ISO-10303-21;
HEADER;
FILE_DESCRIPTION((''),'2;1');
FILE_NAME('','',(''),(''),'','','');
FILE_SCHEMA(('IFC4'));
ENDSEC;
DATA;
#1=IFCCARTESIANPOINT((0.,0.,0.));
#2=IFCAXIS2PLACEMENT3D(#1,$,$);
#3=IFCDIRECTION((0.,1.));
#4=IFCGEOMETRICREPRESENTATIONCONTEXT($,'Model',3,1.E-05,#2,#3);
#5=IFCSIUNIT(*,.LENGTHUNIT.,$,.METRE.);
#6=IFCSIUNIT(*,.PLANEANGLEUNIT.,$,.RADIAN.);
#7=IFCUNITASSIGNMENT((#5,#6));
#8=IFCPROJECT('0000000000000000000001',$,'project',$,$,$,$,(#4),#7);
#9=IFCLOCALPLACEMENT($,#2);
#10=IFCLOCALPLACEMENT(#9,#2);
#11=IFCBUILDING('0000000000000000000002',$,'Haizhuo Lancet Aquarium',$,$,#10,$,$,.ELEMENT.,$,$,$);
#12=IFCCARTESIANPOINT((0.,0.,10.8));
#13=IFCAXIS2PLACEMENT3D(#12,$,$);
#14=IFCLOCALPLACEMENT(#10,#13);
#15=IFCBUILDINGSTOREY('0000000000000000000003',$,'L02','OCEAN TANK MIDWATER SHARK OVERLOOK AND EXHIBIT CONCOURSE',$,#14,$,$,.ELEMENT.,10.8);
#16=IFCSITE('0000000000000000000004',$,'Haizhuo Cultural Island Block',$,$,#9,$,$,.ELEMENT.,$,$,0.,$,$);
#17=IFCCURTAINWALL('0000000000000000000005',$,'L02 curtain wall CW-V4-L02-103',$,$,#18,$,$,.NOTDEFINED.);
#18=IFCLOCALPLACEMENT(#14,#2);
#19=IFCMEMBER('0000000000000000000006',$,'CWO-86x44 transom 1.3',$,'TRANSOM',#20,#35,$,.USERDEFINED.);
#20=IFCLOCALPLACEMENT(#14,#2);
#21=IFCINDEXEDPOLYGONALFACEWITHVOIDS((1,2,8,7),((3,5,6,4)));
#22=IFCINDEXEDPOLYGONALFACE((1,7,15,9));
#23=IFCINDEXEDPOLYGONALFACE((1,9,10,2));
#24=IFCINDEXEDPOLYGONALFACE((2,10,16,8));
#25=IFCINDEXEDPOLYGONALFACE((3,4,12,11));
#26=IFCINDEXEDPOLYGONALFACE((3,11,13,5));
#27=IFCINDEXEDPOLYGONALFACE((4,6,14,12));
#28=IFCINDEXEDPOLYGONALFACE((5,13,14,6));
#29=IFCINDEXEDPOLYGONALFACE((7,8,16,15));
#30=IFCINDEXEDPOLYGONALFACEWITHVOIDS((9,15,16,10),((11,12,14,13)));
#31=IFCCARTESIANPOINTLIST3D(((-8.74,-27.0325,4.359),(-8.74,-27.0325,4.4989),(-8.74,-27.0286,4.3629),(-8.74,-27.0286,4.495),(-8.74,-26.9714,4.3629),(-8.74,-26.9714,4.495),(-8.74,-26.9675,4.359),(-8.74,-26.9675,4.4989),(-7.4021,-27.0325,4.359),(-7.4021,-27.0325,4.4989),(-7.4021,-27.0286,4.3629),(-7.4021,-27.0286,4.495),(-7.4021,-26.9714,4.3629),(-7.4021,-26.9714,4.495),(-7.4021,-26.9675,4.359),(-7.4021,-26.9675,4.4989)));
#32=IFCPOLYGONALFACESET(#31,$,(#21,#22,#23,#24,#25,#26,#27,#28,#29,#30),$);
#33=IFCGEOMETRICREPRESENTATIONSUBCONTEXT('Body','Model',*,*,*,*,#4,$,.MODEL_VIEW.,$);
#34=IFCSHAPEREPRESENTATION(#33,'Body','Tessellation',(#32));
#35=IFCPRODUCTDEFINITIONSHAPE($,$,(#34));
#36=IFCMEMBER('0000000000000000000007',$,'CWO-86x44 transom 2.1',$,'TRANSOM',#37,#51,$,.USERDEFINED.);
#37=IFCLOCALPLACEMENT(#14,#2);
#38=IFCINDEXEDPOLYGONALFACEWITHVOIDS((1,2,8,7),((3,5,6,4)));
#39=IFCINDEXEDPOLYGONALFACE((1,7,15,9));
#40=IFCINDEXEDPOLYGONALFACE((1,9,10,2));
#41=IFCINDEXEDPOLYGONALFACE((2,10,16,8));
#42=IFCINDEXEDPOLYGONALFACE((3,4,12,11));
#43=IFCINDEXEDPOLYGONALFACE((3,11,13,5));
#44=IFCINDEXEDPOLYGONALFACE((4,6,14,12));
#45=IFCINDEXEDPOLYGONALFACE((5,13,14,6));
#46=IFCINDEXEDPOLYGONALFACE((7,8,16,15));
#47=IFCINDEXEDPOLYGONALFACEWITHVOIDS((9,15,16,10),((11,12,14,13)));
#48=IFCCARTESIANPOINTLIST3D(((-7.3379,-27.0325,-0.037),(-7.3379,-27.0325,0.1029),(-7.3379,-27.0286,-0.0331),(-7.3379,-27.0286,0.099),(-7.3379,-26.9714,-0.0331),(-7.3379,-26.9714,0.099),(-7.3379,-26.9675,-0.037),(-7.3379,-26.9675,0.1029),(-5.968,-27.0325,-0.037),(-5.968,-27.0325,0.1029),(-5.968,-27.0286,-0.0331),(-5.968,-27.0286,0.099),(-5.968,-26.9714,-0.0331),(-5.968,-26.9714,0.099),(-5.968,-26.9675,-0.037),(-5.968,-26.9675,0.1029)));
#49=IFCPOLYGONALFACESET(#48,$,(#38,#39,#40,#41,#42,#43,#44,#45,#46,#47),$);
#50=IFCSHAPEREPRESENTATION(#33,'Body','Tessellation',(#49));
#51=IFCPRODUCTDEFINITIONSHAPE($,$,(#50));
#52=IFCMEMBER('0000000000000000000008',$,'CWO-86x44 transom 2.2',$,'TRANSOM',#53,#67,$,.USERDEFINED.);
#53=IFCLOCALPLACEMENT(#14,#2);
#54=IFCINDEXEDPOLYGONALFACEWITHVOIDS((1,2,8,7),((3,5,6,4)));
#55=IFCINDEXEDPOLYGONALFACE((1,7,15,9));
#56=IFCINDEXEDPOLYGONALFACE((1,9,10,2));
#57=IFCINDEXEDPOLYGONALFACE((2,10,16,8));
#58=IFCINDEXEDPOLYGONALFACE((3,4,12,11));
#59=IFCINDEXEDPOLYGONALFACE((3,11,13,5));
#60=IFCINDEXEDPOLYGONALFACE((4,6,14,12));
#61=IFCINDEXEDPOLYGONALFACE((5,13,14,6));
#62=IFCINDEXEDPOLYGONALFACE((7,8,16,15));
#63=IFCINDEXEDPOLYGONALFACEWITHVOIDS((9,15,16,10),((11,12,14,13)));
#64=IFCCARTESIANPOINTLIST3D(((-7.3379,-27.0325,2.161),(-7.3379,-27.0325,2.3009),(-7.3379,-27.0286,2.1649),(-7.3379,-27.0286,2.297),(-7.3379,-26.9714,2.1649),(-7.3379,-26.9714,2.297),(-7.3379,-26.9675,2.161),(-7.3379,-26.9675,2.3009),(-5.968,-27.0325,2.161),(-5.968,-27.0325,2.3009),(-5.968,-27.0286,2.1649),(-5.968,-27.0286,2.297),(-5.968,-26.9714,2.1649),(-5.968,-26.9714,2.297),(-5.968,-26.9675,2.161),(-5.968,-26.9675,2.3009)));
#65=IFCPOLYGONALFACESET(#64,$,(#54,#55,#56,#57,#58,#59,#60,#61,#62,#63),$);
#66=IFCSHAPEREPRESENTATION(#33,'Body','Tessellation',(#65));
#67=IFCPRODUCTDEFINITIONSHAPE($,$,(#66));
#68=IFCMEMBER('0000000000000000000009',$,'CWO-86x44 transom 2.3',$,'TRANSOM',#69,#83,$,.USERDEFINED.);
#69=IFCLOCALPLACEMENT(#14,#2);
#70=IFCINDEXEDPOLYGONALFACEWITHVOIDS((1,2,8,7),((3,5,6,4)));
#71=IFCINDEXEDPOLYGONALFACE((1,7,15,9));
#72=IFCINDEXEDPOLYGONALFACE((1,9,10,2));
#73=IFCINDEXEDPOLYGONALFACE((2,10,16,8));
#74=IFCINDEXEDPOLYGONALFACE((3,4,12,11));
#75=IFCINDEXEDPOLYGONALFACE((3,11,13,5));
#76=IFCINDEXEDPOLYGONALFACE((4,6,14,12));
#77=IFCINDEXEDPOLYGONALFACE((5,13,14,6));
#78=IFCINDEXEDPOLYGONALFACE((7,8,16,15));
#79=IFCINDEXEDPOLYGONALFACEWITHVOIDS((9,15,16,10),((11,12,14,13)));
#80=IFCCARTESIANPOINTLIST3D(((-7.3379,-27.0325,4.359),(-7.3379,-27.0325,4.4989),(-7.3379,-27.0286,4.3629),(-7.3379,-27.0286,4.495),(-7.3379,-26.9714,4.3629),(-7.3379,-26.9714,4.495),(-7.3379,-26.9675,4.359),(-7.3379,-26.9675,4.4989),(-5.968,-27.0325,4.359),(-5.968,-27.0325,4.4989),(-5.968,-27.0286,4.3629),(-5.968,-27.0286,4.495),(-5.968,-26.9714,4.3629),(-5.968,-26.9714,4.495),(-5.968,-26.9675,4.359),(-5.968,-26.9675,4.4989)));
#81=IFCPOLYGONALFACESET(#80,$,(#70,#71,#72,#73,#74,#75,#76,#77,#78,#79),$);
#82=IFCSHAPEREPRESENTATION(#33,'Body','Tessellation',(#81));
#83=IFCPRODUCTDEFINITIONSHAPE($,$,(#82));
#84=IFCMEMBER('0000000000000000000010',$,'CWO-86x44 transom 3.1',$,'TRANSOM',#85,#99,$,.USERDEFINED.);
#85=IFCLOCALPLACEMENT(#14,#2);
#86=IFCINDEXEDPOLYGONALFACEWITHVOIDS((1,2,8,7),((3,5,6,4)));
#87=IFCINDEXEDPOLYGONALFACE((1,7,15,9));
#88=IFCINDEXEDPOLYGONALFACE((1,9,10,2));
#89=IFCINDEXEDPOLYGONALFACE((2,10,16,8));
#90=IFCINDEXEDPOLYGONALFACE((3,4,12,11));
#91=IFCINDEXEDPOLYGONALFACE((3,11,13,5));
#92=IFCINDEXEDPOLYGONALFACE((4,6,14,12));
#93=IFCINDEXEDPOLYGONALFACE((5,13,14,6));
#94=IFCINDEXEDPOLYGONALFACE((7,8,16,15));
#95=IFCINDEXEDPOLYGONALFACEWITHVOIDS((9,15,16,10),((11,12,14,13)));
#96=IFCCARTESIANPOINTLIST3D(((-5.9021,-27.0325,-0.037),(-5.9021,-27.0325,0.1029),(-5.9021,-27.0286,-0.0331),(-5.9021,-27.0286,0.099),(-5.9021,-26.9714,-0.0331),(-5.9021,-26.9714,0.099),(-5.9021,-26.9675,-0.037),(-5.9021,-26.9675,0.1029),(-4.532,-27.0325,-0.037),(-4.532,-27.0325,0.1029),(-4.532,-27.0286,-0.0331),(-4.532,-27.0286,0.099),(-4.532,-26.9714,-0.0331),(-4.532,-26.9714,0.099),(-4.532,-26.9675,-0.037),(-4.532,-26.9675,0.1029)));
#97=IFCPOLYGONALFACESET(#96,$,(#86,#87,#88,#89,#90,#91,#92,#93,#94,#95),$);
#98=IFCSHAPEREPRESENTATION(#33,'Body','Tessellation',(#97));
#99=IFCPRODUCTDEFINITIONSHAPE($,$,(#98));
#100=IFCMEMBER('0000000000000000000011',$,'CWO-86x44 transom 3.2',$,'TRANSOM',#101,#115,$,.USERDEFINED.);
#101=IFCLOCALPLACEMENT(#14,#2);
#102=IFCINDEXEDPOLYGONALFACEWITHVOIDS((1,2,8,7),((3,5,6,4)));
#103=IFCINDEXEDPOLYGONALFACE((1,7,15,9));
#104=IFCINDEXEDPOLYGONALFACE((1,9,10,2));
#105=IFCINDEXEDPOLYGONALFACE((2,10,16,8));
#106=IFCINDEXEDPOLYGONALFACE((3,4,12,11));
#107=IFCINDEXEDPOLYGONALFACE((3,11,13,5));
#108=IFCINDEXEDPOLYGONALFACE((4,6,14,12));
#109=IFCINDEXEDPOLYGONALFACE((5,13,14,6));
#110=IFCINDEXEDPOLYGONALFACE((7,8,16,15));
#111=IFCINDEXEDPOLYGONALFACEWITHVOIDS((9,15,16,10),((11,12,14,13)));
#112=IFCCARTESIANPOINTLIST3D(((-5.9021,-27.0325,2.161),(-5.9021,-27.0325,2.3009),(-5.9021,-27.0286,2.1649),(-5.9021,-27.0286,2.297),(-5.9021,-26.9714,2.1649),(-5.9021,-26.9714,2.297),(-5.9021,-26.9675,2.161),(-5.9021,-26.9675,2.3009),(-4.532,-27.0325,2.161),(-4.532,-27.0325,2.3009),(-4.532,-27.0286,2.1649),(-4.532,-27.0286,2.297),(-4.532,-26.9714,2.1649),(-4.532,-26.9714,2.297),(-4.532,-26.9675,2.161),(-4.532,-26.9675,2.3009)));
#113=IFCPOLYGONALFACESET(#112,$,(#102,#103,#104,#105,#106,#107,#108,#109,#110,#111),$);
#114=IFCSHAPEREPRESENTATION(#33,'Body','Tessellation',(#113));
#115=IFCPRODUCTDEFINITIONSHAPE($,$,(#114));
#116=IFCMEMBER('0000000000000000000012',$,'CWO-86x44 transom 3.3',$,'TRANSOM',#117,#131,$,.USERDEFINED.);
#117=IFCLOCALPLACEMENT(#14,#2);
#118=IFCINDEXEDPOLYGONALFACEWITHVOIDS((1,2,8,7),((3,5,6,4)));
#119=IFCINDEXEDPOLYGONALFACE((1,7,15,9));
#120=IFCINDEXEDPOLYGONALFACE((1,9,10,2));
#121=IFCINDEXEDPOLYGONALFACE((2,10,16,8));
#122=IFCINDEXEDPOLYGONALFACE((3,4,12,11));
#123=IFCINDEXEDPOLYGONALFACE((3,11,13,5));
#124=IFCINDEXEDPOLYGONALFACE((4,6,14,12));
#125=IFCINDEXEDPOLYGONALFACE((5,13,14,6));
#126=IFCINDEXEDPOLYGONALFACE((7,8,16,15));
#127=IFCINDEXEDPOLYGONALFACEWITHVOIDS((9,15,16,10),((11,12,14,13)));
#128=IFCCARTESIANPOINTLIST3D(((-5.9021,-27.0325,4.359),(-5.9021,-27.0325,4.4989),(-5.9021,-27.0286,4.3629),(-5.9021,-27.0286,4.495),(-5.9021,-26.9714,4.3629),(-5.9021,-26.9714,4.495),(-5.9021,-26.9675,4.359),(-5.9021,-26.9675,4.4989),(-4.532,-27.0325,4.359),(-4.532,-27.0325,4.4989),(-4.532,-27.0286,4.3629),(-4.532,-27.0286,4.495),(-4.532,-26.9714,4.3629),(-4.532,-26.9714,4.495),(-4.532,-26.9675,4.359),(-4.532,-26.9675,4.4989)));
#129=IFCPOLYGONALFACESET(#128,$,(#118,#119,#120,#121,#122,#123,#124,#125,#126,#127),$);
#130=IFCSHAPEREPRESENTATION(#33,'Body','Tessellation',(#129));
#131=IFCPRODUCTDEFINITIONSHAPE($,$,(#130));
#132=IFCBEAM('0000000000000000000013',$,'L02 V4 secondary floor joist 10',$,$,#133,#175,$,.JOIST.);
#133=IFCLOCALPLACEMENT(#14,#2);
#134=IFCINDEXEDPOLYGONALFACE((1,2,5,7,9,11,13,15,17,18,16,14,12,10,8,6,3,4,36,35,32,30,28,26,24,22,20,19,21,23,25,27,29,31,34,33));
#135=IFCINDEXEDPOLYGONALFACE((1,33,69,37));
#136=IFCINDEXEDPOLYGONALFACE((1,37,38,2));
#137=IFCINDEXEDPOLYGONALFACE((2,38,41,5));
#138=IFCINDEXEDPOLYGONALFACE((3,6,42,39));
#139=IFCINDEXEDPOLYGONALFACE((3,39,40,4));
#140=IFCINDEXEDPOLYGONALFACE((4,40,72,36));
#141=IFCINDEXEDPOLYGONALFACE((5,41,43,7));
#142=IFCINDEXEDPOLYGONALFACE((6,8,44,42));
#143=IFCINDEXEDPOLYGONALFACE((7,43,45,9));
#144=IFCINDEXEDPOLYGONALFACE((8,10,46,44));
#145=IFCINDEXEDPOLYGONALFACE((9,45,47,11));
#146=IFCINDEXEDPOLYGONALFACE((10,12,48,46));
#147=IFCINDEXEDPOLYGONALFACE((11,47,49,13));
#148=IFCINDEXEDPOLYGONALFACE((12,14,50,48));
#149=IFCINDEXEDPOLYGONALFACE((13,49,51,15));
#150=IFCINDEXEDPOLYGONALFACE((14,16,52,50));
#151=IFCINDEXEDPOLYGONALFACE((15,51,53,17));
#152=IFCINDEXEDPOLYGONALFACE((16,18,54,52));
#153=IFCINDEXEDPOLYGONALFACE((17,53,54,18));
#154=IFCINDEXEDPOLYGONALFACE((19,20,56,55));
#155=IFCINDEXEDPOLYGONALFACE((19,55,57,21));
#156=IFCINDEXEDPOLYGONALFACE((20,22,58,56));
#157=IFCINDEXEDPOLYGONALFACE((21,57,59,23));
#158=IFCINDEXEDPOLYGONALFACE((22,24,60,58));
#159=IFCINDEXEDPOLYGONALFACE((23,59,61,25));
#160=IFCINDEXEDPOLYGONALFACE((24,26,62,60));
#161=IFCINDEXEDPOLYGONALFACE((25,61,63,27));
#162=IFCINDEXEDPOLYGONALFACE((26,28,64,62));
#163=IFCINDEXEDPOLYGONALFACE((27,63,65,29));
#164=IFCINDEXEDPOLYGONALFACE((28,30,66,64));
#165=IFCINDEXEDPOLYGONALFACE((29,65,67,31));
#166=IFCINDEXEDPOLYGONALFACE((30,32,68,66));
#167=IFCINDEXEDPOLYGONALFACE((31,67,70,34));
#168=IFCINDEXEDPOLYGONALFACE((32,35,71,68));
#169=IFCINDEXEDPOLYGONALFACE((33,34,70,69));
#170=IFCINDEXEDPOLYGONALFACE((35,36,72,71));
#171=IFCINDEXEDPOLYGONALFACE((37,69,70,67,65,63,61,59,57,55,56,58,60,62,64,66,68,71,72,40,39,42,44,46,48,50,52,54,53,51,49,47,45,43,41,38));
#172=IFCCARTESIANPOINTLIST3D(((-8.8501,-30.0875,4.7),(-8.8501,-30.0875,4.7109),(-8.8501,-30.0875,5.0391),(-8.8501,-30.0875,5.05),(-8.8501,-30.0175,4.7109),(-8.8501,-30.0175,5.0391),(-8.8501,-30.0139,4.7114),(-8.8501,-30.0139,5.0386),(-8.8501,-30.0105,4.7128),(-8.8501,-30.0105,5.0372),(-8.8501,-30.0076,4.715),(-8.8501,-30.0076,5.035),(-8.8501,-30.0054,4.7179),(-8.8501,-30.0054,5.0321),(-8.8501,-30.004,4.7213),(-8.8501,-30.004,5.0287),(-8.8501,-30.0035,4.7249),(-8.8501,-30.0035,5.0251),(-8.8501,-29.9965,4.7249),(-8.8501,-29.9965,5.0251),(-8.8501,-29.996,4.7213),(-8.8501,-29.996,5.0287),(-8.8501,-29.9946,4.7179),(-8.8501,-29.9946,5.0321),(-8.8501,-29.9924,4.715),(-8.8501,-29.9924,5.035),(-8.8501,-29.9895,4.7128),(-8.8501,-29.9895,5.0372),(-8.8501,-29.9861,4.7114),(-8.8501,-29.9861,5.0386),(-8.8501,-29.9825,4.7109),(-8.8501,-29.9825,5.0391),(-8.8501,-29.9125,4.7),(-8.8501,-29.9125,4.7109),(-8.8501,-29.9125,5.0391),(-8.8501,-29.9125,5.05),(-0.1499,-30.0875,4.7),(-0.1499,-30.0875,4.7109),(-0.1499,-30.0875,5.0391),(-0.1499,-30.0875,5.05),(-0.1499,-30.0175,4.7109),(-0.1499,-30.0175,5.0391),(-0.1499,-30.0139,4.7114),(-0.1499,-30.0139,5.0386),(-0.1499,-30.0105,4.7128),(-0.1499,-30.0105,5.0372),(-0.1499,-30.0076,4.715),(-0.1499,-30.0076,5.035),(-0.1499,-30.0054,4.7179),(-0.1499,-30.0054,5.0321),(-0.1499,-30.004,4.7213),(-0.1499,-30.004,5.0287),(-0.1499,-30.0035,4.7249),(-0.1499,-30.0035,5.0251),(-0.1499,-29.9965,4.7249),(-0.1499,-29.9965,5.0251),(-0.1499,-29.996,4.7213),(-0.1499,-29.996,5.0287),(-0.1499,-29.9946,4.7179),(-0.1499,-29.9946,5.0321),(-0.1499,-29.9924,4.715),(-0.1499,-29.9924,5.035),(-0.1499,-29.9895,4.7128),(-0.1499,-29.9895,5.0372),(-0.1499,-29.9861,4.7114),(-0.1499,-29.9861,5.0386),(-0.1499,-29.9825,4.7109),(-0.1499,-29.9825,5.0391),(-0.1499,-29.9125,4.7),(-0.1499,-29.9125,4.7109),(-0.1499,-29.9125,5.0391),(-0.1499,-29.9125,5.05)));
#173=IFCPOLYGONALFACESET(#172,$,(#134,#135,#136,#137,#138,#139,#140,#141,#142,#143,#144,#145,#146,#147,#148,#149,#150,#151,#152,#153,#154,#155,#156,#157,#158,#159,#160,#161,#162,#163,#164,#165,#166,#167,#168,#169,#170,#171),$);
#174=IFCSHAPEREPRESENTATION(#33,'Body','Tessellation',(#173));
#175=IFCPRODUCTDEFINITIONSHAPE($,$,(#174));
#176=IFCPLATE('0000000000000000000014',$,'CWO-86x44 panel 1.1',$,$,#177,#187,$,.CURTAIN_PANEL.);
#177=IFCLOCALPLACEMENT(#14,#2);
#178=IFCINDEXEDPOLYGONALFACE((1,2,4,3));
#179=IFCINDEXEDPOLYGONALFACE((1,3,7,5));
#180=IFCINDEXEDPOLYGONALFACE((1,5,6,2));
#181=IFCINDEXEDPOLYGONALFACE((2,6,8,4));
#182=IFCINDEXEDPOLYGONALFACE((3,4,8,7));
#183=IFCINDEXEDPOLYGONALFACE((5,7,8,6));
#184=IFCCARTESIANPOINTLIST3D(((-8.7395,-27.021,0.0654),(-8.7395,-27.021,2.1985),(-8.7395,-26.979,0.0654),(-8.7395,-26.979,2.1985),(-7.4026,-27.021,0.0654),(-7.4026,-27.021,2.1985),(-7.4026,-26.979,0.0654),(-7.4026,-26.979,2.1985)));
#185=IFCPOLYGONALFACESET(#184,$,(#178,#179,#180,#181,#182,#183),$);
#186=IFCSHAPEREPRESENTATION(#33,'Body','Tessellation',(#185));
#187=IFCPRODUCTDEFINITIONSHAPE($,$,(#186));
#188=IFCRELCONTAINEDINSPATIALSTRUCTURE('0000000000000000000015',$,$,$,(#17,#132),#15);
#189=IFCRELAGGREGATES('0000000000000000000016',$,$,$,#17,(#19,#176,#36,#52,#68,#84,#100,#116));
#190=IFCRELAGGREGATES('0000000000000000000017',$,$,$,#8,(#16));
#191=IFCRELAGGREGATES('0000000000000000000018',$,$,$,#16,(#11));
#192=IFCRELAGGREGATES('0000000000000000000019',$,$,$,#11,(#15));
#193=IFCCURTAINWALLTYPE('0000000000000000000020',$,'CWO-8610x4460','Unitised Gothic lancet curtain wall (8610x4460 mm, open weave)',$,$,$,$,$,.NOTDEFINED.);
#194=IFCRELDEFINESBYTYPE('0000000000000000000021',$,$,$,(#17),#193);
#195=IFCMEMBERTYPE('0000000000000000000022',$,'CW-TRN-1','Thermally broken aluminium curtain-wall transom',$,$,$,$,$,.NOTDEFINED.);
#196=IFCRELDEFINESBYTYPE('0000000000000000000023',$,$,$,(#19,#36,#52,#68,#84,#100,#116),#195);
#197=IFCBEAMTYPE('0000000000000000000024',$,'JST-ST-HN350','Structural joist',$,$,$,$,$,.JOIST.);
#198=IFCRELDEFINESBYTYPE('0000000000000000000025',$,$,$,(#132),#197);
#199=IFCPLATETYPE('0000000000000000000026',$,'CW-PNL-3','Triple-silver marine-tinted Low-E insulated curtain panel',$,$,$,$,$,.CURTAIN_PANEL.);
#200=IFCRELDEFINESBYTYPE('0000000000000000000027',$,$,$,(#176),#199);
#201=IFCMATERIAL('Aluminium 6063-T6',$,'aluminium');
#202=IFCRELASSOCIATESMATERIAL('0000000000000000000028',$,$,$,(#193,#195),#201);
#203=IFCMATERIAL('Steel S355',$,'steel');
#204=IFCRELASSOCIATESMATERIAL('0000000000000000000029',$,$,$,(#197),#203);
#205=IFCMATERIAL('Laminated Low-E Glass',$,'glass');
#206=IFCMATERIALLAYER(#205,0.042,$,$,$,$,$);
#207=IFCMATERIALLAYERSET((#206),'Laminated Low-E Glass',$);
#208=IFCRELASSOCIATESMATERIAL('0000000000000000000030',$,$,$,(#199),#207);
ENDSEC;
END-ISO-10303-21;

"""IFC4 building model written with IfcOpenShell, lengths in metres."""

from ifc_helpers import new_model, si_unit, direction, frame, origin, origin_2d, place, context, subcontext, project, spatial, rectangle, hollow_rectangle, i_section, extrude, material, layer, layer_set, material_profile, profile_set, type_object, element, aggregate, save


model = new_model("IFC4")

# Units and contexts
model_context = context("Model", 3, precision=1e-05, world=origin(), true_north=direction((0.0, 1.0)))
body_context = subcontext(model_context, "Body", "Model", "MODEL_VIEW")
ifc_project = project(units=[si_unit("LENGTHUNIT", "METRE"), si_unit("PLANEANGLEUNIT", "RADIAN")], contexts=[model_context])

# Site, building, storey
site_placement = place(None, origin())
site = spatial("IfcSite", under=ifc_project, at=site_placement, Name="Haizhuo Cultural Island Block", CompositionType="ELEMENT", RefElevation=0.0)
building_placement = place(site_placement, origin())
building = spatial("IfcBuilding", under=site, at=building_placement, Name="Haizhuo Lancet Aquarium", CompositionType="ELEMENT")
storey_placement = place(building_placement, frame((0.0, 0.0, 10.8)))
storey = spatial("IfcBuildingStorey", under=building, at=storey_placement, Name="L02", Description="OCEAN TANK MIDWATER SHARK OVERLOOK AND EXHIBIT CONCOURSE", CompositionType="ELEMENT", Elevation=10.8)

# Shared definitions
ifc_material_1 = material(Name="Steel S355", Category="steel")

# Curtain wall, members
ifc_material_2 = material(Name="Aluminium 6063-T6", Category="aluminium")
curtain_wall_type = type_object("IfcCurtainWallType", Name="CWO-8610x4460", Description="Unitised Gothic lancet curtain wall (8610x4460 mm, open weave)", PredefinedType="NOTDEFINED", material=ifc_material_2)
curtain_wall_placement = place(storey_placement, origin())
curtain_wall = element("IfcCurtainWall", 1, at=curtain_wall_placement, inside=storey, type_object=curtain_wall_type, Name="L02 curtain wall CW-V4-L02-103", PredefinedType="NOTDEFINED")
ifc_material_profile_1 = material_profile(ifc_material_2, hollow_rectangle(XDim=0.0649, YDim=0.1399, WallThickness=0.0039, at=origin_2d()), Name="ALU-T 65x140x4")
ifc_profile_set_1 = profile_set([ifc_material_profile_1], Name="Aluminium 6063-T6")
member_type_1 = type_object("IfcMemberType", Name="CW-TRN-1", Description="Thermally broken aluminium curtain-wall transom", PredefinedType="NOTDEFINED", material=ifc_profile_set_1)
member_1_placement = place(storey_placement, frame((-8.74, -27.0, 4.429), z_axis=(1.0, 0.0, 0.0), x_axis=(0.0, 1.0, 0.0)))
member_1 = element("IfcMember", 2, at=member_1_placement, type_object=member_type_1, Name="CWO-86x44 transom 1.3", ObjectType="TRANSOM", PredefinedType="USERDEFINED", context=body_context, shape_type="SweptSolid", body=[
    extrude(hollow_rectangle(XDim=0.0649, YDim=0.1399, WallThickness=0.0039, at=origin_2d()), origin(), (0.0, 0.0, 1.0), 1.3379),
])
member_2_placement = place(storey_placement, frame((-7.3379, -27.0, 0.033), z_axis=(1.0, 0.0, 0.0), x_axis=(0.0, 1.0, 0.0)))
member_2 = element("IfcMember", 3, at=member_2_placement, type_object=member_type_1, Name="CWO-86x44 transom 2.1", ObjectType="TRANSOM", PredefinedType="USERDEFINED", context=body_context, shape_type="SweptSolid", body=[
    extrude(hollow_rectangle(XDim=0.0649, YDim=0.1399, WallThickness=0.0039, at=origin_2d()), origin(), (0.0, 0.0, 1.0), 1.3699),
])
member_3_placement = place(storey_placement, frame((-7.3379, -27.0, 2.231), z_axis=(1.0, 0.0, 0.0), x_axis=(0.0, 1.0, 0.0)))
member_3 = element("IfcMember", 4, at=member_3_placement, type_object=member_type_1, Name="CWO-86x44 transom 2.2", ObjectType="TRANSOM", PredefinedType="USERDEFINED", context=body_context, shape_type="SweptSolid", body=[
    extrude(hollow_rectangle(XDim=0.0649, YDim=0.1399, WallThickness=0.0039, at=origin_2d()), origin(), (0.0, 0.0, 1.0), 1.3699),
])
member_4_placement = place(storey_placement, frame((-7.3379, -27.0, 4.429), z_axis=(1.0, 0.0, 0.0), x_axis=(0.0, 1.0, 0.0)))
member_4 = element("IfcMember", 5, at=member_4_placement, type_object=member_type_1, Name="CWO-86x44 transom 2.3", ObjectType="TRANSOM", PredefinedType="USERDEFINED", context=body_context, shape_type="SweptSolid", body=[
    extrude(hollow_rectangle(XDim=0.0649, YDim=0.1399, WallThickness=0.0039, at=origin_2d()), origin(), (0.0, 0.0, 1.0), 1.3699),
])
member_5_placement = place(storey_placement, frame((-5.9021, -27.0, 0.033), z_axis=(1.0, 0.0, 0.0), x_axis=(0.0, 1.0, 0.0)))
member_5 = element("IfcMember", 6, at=member_5_placement, type_object=member_type_1, Name="CWO-86x44 transom 3.1", ObjectType="TRANSOM", PredefinedType="USERDEFINED", context=body_context, shape_type="SweptSolid", body=[
    extrude(hollow_rectangle(XDim=0.0649, YDim=0.1399, WallThickness=0.0039, at=origin_2d()), origin(), (0.0, 0.0, 1.0), 1.3701),
])
member_6_placement = place(storey_placement, frame((-5.9021, -27.0, 2.231), z_axis=(1.0, 0.0, 0.0), x_axis=(0.0, 1.0, 0.0)))
member_6 = element("IfcMember", 7, at=member_6_placement, type_object=member_type_1, Name="CWO-86x44 transom 3.2", ObjectType="TRANSOM", PredefinedType="USERDEFINED", context=body_context, shape_type="SweptSolid", body=[
    extrude(hollow_rectangle(XDim=0.0649, YDim=0.1399, WallThickness=0.0039, at=origin_2d()), origin(), (0.0, 0.0, 1.0), 1.3701),
])
member_7_placement = place(storey_placement, frame((-5.9021, -27.0, 4.429), z_axis=(1.0, 0.0, 0.0), x_axis=(0.0, 1.0, 0.0)))
member_7 = element("IfcMember", 8, at=member_7_placement, type_object=member_type_1, Name="CWO-86x44 transom 3.3", ObjectType="TRANSOM", PredefinedType="USERDEFINED", context=body_context, shape_type="SweptSolid", body=[
    extrude(hollow_rectangle(XDim=0.0649, YDim=0.1399, WallThickness=0.0039, at=origin_2d()), origin(), (0.0, 0.0, 1.0), 1.3701),
])

# Beam
ifc_material_profile_2 = material_profile(ifc_material_1, i_section(OverallWidth=0.175, OverallDepth=0.3501, WebThickness=0.0071, FlangeThickness=0.011, FilletRadius=0.0139, at=origin_2d()), Name="HN 350x175x7x11")
ifc_profile_set_2 = profile_set([ifc_material_profile_2], Name="Steel S355")
beam_type_1 = type_object("IfcBeamType", Name="JST-ST-HN350", Description="Structural joist", PredefinedType="JOIST", material=ifc_profile_set_2)
beam_1_placement = place(storey_placement, frame((-8.8501, -30.0, 4.875), z_axis=(1.0, 0.0, 0.0), x_axis=(0.0, 1.0, 0.0)))
element("IfcBeam", 9, at=beam_1_placement, inside=storey, type_object=beam_type_1, Name="L02 V4 secondary floor joist 10", PredefinedType="JOIST", context=body_context, shape_type="SweptSolid", body=[
    extrude(i_section(OverallWidth=0.175, OverallDepth=0.3501, WebThickness=0.0071, FlangeThickness=0.011, FilletRadius=0.0139, at=origin_2d()), origin(), (0.0, 0.0, 1.0), 8.7002),
])

# Plate
ifc_material_3 = material(Name="Laminated Low-E Glass", Category="glass")
ifc_layer_1 = layer(ifc_material_3, 0.042)
ifc_layer_set_1 = layer_set([ifc_layer_1], Name="Laminated Low-E Glass")
plate_type = type_object("IfcPlateType", Name="CW-PNL-3", Description="Triple-silver marine-tinted Low-E insulated curtain panel", PredefinedType="CURTAIN_PANEL", material=ifc_layer_set_1)
plate_1_placement = place(storey_placement, frame((-8.071, -27.0, 0.0654), z_axis=(0.0, 0.0, 1.0), x_axis=(1.0, 0.0, 0.0)))
plate_1 = element("IfcPlate", 10, at=plate_1_placement, type_object=plate_type, Name="CWO-86x44 panel 1.1", PredefinedType="CURTAIN_PANEL", context=body_context, shape_type="SweptSolid", body=[
    extrude(rectangle(XDim=1.3369, YDim=0.042, at=origin_2d()), origin(), (0.0, 0.0, 1.0), 2.1331),
])
aggregate(curtain_wall, [member_1, plate_1, member_2, member_3, member_4, member_5, member_6, member_7])

save(model, "model.ifc")
